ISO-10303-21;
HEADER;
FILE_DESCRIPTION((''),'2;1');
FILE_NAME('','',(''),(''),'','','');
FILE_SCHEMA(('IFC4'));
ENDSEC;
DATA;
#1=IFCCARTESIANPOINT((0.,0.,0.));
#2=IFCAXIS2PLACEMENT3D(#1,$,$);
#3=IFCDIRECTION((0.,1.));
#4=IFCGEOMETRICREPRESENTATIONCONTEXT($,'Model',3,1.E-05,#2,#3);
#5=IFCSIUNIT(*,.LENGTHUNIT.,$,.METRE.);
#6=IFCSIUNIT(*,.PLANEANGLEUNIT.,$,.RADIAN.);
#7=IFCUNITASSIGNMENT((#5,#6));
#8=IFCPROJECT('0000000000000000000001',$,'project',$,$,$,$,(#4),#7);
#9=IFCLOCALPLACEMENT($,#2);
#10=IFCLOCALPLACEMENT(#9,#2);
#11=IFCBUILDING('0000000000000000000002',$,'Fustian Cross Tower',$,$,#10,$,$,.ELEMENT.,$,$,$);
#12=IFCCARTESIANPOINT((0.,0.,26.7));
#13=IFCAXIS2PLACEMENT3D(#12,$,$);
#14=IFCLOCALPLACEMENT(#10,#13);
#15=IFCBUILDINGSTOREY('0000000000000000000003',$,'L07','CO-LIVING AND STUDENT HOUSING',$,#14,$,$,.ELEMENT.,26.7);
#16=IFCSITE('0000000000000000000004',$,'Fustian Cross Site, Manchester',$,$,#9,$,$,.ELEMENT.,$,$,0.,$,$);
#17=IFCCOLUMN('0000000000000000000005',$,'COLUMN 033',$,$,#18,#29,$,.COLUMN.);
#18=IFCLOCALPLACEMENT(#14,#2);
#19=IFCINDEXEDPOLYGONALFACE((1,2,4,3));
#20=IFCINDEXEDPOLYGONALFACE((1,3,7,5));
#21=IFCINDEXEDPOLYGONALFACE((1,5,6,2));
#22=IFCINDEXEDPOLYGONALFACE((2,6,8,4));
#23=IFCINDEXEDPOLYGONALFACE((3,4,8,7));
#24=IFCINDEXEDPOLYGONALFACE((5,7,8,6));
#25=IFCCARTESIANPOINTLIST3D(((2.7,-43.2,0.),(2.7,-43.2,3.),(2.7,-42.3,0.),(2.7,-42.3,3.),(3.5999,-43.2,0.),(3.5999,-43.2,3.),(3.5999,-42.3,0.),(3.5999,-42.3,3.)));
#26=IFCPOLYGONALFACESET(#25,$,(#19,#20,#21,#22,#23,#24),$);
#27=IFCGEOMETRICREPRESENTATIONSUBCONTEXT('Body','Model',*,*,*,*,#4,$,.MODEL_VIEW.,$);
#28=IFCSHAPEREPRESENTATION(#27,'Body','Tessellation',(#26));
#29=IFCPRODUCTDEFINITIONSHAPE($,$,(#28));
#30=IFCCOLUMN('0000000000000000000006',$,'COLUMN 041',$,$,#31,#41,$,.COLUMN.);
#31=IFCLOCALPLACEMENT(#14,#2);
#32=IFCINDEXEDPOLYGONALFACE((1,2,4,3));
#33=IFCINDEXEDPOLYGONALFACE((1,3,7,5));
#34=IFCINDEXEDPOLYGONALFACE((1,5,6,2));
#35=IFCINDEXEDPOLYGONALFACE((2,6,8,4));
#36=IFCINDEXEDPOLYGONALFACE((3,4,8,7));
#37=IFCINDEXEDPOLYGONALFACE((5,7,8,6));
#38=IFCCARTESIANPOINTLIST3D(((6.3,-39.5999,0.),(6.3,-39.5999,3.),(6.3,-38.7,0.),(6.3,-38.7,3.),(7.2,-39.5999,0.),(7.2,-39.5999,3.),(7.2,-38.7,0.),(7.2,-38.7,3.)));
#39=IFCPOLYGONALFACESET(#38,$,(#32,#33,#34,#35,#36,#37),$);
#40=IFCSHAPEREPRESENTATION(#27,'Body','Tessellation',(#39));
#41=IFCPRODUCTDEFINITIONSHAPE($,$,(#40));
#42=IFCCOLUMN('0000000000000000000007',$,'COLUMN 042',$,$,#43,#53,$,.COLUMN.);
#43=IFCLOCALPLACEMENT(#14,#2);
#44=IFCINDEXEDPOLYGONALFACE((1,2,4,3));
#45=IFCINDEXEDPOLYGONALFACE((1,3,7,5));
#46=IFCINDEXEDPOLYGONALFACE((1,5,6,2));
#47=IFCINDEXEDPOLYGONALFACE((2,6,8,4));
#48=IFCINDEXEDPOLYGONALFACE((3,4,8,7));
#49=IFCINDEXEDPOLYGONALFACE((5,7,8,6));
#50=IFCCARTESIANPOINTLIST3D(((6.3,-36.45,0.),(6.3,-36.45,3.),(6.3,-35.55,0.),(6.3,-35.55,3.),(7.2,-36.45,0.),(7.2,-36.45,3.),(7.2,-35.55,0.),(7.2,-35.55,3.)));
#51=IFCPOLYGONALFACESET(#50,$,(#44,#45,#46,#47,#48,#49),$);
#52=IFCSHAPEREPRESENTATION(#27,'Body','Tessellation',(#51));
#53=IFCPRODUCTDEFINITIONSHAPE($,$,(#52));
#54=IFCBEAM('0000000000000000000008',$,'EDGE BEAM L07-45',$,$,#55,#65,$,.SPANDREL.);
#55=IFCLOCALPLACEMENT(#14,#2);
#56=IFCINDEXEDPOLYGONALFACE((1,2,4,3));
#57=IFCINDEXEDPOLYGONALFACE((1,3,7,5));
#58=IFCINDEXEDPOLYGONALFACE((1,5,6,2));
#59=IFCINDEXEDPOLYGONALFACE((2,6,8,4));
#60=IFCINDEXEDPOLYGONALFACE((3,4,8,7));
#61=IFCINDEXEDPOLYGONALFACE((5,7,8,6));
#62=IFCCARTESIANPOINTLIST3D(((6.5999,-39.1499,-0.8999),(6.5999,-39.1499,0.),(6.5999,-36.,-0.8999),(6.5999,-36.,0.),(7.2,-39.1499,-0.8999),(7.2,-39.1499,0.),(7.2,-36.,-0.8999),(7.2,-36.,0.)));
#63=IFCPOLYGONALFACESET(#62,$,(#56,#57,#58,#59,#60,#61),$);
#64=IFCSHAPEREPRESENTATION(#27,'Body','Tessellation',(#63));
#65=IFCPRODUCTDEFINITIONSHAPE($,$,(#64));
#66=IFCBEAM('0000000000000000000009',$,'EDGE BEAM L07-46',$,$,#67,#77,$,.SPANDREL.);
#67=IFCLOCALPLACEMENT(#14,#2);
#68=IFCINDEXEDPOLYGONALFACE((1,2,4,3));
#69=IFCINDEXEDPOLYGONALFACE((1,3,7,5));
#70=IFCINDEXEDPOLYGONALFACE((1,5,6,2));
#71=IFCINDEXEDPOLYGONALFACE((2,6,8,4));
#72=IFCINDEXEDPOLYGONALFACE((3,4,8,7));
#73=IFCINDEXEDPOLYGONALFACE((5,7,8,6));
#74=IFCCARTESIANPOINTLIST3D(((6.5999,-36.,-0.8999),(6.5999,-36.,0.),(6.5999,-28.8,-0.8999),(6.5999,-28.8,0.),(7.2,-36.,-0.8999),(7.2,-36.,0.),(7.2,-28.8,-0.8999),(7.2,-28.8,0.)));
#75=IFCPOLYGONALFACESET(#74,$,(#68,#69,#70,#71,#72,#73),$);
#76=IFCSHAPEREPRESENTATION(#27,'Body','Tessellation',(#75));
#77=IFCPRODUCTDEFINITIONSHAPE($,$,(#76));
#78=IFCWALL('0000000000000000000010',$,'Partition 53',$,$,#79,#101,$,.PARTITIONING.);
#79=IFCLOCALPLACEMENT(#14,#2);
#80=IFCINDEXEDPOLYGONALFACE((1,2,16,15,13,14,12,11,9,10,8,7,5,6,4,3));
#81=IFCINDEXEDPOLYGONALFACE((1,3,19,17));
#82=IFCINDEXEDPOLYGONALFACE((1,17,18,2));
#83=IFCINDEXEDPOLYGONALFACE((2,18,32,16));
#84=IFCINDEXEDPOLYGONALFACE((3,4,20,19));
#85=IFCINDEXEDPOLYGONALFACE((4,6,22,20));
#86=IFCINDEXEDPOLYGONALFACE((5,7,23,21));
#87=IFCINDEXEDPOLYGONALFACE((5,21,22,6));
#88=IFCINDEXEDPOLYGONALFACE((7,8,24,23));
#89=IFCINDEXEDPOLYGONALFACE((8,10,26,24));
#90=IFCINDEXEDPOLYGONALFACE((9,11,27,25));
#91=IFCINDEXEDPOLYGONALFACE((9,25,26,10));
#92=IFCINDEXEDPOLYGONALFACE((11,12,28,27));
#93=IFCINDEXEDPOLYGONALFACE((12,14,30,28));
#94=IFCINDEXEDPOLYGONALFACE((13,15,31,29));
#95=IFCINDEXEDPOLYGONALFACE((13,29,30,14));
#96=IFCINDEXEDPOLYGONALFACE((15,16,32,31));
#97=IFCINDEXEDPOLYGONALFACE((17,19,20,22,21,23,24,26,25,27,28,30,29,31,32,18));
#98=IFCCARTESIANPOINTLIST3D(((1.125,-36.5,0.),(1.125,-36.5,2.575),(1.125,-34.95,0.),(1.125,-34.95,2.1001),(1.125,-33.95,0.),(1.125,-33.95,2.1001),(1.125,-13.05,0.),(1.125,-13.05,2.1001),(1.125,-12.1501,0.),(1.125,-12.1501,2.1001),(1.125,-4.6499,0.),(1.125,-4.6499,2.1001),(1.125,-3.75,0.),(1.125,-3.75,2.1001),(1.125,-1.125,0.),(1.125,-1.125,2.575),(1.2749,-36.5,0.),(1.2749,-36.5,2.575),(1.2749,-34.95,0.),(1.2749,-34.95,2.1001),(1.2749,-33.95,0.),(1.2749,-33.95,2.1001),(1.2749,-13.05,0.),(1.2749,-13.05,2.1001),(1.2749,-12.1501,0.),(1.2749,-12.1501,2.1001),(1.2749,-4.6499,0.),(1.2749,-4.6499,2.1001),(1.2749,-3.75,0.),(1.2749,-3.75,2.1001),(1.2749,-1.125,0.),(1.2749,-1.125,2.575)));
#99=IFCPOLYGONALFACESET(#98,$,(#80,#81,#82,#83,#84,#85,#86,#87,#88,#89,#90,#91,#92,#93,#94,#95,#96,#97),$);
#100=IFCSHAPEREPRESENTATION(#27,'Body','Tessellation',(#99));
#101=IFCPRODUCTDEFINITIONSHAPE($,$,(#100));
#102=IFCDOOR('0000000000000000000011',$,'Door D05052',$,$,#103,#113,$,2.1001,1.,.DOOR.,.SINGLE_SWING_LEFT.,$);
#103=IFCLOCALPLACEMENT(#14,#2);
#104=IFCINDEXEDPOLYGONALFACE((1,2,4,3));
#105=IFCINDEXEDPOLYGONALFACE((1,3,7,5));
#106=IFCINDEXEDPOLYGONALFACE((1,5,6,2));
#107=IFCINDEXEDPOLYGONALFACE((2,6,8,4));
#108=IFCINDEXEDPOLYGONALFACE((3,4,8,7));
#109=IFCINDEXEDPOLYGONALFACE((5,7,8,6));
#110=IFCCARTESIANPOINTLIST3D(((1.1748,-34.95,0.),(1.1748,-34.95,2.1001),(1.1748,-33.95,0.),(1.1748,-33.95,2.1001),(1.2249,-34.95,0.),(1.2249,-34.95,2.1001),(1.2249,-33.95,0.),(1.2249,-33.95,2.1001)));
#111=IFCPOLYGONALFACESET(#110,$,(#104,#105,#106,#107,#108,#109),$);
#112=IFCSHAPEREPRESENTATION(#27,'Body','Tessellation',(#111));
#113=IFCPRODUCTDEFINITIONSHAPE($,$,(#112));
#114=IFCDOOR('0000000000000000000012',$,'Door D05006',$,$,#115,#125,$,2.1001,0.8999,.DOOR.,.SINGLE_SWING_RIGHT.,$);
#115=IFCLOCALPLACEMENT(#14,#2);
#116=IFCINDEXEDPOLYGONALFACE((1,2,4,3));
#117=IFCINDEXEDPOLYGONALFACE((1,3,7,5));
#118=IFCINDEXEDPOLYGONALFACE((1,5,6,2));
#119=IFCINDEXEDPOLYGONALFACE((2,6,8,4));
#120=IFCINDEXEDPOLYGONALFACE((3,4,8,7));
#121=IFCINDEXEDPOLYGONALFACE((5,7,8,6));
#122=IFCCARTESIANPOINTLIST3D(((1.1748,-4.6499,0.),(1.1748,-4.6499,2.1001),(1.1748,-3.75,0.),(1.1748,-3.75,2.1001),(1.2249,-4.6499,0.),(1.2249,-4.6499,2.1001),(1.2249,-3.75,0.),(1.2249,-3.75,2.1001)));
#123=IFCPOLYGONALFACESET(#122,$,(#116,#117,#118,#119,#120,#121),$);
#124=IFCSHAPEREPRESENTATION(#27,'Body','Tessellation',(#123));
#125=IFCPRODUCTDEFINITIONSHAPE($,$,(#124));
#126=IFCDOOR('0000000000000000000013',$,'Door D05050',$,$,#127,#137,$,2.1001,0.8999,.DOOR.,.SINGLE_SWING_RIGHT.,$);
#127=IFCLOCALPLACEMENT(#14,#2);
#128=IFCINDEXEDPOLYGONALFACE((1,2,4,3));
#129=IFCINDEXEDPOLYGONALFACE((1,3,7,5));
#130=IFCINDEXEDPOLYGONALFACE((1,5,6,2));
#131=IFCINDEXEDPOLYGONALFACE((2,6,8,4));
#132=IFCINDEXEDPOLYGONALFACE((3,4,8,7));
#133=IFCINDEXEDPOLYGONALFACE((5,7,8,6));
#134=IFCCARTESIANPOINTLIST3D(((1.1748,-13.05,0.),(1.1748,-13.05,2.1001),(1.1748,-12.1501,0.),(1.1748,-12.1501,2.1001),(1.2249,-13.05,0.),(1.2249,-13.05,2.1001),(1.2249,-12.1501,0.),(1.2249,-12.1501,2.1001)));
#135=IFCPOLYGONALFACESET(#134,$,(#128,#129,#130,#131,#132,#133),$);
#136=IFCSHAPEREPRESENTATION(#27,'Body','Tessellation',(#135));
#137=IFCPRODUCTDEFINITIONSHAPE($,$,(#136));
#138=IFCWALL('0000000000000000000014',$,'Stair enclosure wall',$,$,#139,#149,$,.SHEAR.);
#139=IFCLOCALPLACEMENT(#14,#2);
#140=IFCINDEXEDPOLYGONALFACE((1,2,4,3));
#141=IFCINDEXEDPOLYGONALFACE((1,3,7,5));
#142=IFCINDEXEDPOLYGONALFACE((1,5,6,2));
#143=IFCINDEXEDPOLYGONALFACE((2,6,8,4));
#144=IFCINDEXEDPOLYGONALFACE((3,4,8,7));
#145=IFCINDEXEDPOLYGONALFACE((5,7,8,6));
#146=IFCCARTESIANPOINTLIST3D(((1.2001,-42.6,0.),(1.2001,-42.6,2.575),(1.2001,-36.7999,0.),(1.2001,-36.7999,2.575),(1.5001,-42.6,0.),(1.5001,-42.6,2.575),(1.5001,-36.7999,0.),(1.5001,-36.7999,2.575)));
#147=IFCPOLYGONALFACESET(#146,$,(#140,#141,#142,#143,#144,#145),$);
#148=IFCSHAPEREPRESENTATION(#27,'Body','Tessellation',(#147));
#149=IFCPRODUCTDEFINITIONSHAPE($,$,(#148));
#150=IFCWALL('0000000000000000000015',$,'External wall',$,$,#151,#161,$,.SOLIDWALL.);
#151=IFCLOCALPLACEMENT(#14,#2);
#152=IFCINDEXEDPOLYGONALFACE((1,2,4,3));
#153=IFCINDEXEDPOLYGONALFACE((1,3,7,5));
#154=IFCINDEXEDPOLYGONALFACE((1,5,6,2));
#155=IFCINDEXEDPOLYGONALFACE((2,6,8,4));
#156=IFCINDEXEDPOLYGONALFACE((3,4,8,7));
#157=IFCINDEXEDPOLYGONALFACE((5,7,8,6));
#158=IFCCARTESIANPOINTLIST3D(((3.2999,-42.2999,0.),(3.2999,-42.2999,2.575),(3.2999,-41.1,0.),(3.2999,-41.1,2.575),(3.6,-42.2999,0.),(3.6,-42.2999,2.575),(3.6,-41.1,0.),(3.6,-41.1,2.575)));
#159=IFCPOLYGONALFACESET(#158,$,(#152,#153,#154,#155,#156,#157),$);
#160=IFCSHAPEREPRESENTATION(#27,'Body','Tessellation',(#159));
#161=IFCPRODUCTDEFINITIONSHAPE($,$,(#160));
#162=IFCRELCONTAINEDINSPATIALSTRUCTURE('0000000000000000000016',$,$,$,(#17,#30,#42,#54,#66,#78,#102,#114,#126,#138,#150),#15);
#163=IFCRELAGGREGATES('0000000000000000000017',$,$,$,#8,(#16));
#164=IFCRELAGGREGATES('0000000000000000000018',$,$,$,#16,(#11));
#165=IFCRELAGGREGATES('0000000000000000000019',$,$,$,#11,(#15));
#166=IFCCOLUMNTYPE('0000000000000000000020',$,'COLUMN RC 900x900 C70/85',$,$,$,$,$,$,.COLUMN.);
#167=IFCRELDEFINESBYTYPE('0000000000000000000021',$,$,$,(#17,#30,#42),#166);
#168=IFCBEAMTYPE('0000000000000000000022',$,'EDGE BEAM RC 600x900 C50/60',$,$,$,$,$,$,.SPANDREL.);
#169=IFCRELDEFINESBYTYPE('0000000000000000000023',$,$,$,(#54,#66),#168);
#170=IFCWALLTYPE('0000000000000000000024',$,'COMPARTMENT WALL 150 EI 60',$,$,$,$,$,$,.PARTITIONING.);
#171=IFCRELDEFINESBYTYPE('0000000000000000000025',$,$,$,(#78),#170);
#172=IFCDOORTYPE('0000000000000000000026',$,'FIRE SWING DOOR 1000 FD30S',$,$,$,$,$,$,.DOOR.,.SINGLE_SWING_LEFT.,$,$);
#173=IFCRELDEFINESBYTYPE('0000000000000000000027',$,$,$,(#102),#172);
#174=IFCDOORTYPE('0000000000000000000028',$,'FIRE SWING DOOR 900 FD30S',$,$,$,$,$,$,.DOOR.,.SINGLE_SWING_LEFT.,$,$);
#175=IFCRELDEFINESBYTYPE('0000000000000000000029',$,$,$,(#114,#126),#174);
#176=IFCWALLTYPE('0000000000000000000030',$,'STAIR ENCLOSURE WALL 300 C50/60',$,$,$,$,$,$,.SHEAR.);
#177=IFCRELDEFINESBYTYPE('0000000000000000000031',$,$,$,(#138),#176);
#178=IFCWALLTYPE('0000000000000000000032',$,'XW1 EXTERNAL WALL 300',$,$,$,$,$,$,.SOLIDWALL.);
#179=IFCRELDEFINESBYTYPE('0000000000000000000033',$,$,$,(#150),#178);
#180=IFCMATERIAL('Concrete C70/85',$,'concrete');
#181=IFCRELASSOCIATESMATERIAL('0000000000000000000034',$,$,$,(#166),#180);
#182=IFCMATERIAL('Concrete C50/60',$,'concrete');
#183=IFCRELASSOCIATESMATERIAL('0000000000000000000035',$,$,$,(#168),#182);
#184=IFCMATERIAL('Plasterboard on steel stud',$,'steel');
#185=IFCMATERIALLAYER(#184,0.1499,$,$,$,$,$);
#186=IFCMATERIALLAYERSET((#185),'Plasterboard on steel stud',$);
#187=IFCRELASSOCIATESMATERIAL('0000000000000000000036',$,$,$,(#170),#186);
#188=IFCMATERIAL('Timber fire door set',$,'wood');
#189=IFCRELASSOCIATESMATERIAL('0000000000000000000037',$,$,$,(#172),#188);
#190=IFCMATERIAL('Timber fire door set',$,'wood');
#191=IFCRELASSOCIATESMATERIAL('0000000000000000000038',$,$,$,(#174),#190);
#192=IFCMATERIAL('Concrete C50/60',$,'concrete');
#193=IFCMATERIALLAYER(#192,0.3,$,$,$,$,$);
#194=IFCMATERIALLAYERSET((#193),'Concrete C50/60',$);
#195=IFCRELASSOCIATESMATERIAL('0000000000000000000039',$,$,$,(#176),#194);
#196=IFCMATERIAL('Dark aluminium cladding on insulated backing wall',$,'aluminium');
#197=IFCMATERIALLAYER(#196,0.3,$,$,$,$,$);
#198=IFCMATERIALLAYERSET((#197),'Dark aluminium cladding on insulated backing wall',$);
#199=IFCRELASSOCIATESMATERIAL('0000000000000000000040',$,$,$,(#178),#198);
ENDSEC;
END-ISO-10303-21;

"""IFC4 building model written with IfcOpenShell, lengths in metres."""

from ifc_helpers import new_model, si_unit, direction, frame, frame_2d, origin, origin_2d, place, context, subcontext, project, spatial, rectangle, extrude, material, layer, layer_set, material_profile, profile_set, type_object, element, fill, save


model = new_model("IFC4")

# Units and contexts
model_context = context("Model", 3, precision=1e-05, world=origin(), true_north=direction((0.0, 1.0)))
body_context = subcontext(model_context, "Body", "Model", "MODEL_VIEW")
ifc_project = project(units=[si_unit("LENGTHUNIT", "METRE"), si_unit("PLANEANGLEUNIT", "RADIAN")], contexts=[model_context])

# Site, building, storey
site_placement = place(None, origin())
site = spatial("IfcSite", under=ifc_project, at=site_placement, Name="Fustian Cross Site, Manchester", CompositionType="ELEMENT", RefElevation=0.0)
building_placement = place(site_placement, origin())
building = spatial("IfcBuilding", under=site, at=building_placement, Name="Fustian Cross Tower", CompositionType="ELEMENT")
storey_placement = place(building_placement, frame((0.0, 0.0, 26.7)))
storey = spatial("IfcBuildingStorey", under=building, at=storey_placement, Name="L07", Description="CO-LIVING AND STUDENT HOUSING", CompositionType="ELEMENT", Elevation=26.7)

# Columns
ifc_material_1 = material(Name="Concrete C70/85", Category="concrete")
ifc_material_profile_1 = material_profile(ifc_material_1, rectangle(XDim=0.8999, YDim=0.8999, at=origin_2d()), Name="RC 900x900")
ifc_profile_set_1 = profile_set([ifc_material_profile_1], Name="Concrete C70/85")
column_type = type_object("IfcColumnType", Name="COLUMN RC 900x900 C70/85", PredefinedType="COLUMN", material=ifc_profile_set_1)
for number, where, z_axis, x_axis, name in (
    (1, (3.1499, -42.75, 0.0), (0.0, 0.0, 1.0), (1.0, 0.0, 0.0), "COLUMN 033"),
    (2, (6.75, -39.1499, 0.0), (0.0, 0.0, 1.0), (1.0, 0.0, 0.0), "COLUMN 041"),
    (3, (6.75, -36.0, 0.0), (0.0, 0.0, 1.0), (1.0, 0.0, 0.0), "COLUMN 042"),
):
    element("IfcColumn", number, at=place(storey_placement, frame(where, z_axis=z_axis, x_axis=x_axis)), inside=storey, type_object=column_type, Name=name, PredefinedType="COLUMN", context=body_context, shape_type="SweptSolid", body=[
        extrude(rectangle(XDim=0.8999, YDim=0.8999, at=origin_2d()), origin(), (0.0, 0.0, 1.0), 3.0),
    ])

# Beams
ifc_material_2 = material(Name="Concrete C50/60", Category="concrete")
ifc_material_profile_2 = material_profile(ifc_material_2, rectangle(XDim=0.6001, YDim=0.8999, at=origin_2d()), Name="RC 600x900")
ifc_profile_set_2 = profile_set([ifc_material_profile_2], Name="Concrete C50/60")
beam_type = type_object("IfcBeamType", Name="EDGE BEAM RC 600x900 C50/60", PredefinedType="SPANDREL", material=ifc_profile_set_2)
beam_1_placement = place(storey_placement, frame((6.8999, -39.1499, -0.45), z_axis=(0.0, 1.0, 0.0), x_axis=(-1.0, 0.0, 0.0)))
element("IfcBeam", 4, at=beam_1_placement, inside=storey, type_object=beam_type, Name="EDGE BEAM L07-45", PredefinedType="SPANDREL", context=body_context, shape_type="SweptSolid", body=[
    extrude(rectangle(XDim=0.6001, YDim=0.8999, at=origin_2d()), origin(), (0.0, 0.0, 1.0), 3.1499),
])
beam_2_placement = place(storey_placement, frame((6.8999, -36.0, -0.45), z_axis=(0.0, 1.0, 0.0), x_axis=(-1.0, 0.0, 0.0)))
element("IfcBeam", 5, at=beam_2_placement, inside=storey, type_object=beam_type, Name="EDGE BEAM L07-46", PredefinedType="SPANDREL", context=body_context, shape_type="SweptSolid", body=[
    extrude(rectangle(XDim=0.6001, YDim=0.8999, at=origin_2d()), origin(), (0.0, 0.0, 1.0), 7.2),
])

# Wall, openings, doors
ifc_material_3 = material(Name="Plasterboard on steel stud", Category="steel")
ifc_layer_1 = layer(ifc_material_3, 0.1499)
ifc_layer_set_1 = layer_set([ifc_layer_1], Name="Plasterboard on steel stud")
wall_type_1 = type_object("IfcWallType", Name="COMPARTMENT WALL 150 EI 60", PredefinedType="PARTITIONING", material=ifc_layer_set_1)
wall_1_placement = place(storey_placement, frame((1.2, -36.5, 0.0), z_axis=(0.0, 0.0, 1.0), x_axis=(0.0, 1.0, 0.0)))
wall_1 = element("IfcWall", 6, at=wall_1_placement, inside=storey, type_object=wall_type_1, Name="Partition 53", PredefinedType="PARTITIONING", context=body_context, shape_type="SweptSolid", body=[
    extrude(rectangle(XDim=35.375, YDim=0.1499, at=frame_2d((17.6875, 0.0))), origin(), (0.0, 0.0, 1.0), 2.575),
])
opening_1_placement = place(wall_1_placement, frame((31.8501, 0.0, 0.0)))
opening_1 = element("IfcOpeningElement", 7, at=opening_1_placement, cuts=wall_1, PredefinedType="OPENING", context=body_context, shape_type="SweptSolid", body=[
    extrude(rectangle(XDim=0.8999, YDim=2.1001, at=frame_2d((0.45, 1.05))), frame((0.0, 0.085, 0.0), z_axis=(0.0, -1.0, 0.0), x_axis=(1.0, 0.0, 0.0)), (0.0, 0.0, 1.0), 0.1699),
])
opening_2_placement = place(wall_1_placement, frame((23.45, 0.0, 0.0)))
opening_2 = element("IfcOpeningElement", 8, at=opening_2_placement, cuts=wall_1, PredefinedType="OPENING", context=body_context, shape_type="SweptSolid", body=[
    extrude(rectangle(XDim=0.8999, YDim=2.1001, at=frame_2d((0.45, 1.05))), frame((0.0, 0.085, 0.0), z_axis=(0.0, -1.0, 0.0), x_axis=(1.0, 0.0, 0.0)), (0.0, 0.0, 1.0), 0.1699),
])
opening_3_placement = place(wall_1_placement, frame((1.55, 0.0, 0.0)))
opening_3 = element("IfcOpeningElement", 9, at=opening_3_placement, cuts=wall_1, PredefinedType="OPENING", context=body_context, shape_type="SweptSolid", body=[
    extrude(rectangle(XDim=1.0, YDim=2.1001, at=frame_2d((0.5, 1.05))), frame((0.0, 0.085, 0.0), z_axis=(0.0, -1.0, 0.0), x_axis=(1.0, 0.0, 0.0)), (0.0, 0.0, 1.0), 0.1699),
])
ifc_material_4 = material(Name="Timber fire door set", Category="wood")
door_type_1 = type_object("IfcDoorType", Name="FIRE SWING DOOR 1000 FD30S", OperationType="SINGLE_SWING_LEFT", PredefinedType="DOOR", material=ifc_material_4)
door_1_placement = place(opening_3_placement, frame((1.0, 0.0, 0.0), z_axis=(0.0, 0.0, 1.0), x_axis=(-1.0, 0.0, 0.0)))
door_1 = element("IfcDoor", 10, at=door_1_placement, inside=storey, type_object=door_type_1, Name="Door D05052", OperationType="SINGLE_SWING_LEFT", OverallHeight=2.1001, OverallWidth=1.0, PredefinedType="DOOR", context=body_context, shape_type="SweptSolid", body=[
    extrude(rectangle(XDim=1.0, YDim=2.1001, at=frame_2d((0.5, 1.05))), frame((0.0, 0.0249, 0.0), z_axis=(0.0, -1.0, 0.0), x_axis=(1.0, 0.0, 0.0)), (0.0, 0.0, 1.0), 0.05),
])
fill(opening_3, door_1)
ifc_material_5 = material(Name="Timber fire door set", Category="wood")
door_type_2 = type_object("IfcDoorType", Name="FIRE SWING DOOR 900 FD30S", OperationType="SINGLE_SWING_LEFT", PredefinedType="DOOR", material=ifc_material_5)
door_2_placement = place(opening_1_placement, frame((0.8999, 0.0, 0.0), z_axis=(0.0, 0.0, 1.0), x_axis=(-1.0, 0.0, 0.0)))
door_2 = element("IfcDoor", 11, at=door_2_placement, inside=storey, type_object=door_type_2, Name="Door D05006", OperationType="SINGLE_SWING_RIGHT", OverallHeight=2.1001, OverallWidth=0.8999, PredefinedType="DOOR", context=body_context, shape_type="SweptSolid", body=[
    extrude(rectangle(XDim=0.8999, YDim=2.1001, at=frame_2d((0.45, 1.05))), frame((0.0, 0.0249, 0.0), z_axis=(0.0, -1.0, 0.0), x_axis=(1.0, 0.0, 0.0)), (0.0, 0.0, 1.0), 0.05),
])
fill(opening_1, door_2)
door_3_placement = place(opening_2_placement, frame((0.8999, 0.0, 0.0), z_axis=(0.0, 0.0, 1.0), x_axis=(-1.0, 0.0, 0.0)))
door_3 = element("IfcDoor", 12, at=door_3_placement, inside=storey, type_object=door_type_2, Name="Door D05050", OperationType="SINGLE_SWING_RIGHT", OverallHeight=2.1001, OverallWidth=0.8999, PredefinedType="DOOR", context=body_context, shape_type="SweptSolid", body=[
    extrude(rectangle(XDim=0.8999, YDim=2.1001, at=frame_2d((0.45, 1.05))), frame((0.0, 0.0249, 0.0), z_axis=(0.0, -1.0, 0.0), x_axis=(1.0, 0.0, 0.0)), (0.0, 0.0, 1.0), 0.05),
])
fill(opening_2, door_3)

# Walls
ifc_material_6 = material(Name="Concrete C50/60", Category="concrete")
ifc_layer_2 = layer(ifc_material_6, 0.3)
ifc_layer_set_2 = layer_set([ifc_layer_2], Name="Concrete C50/60")
wall_type_2 = type_object("IfcWallType", Name="STAIR ENCLOSURE WALL 300 C50/60", PredefinedType="SHEAR", material=ifc_layer_set_2)
wall_2_placement = place(storey_placement, frame((1.3501, -36.8, 0.0), z_axis=(0.0, 0.0, 1.0), x_axis=(0.0, -1.0, 0.0)))
element("IfcWall", 13, at=wall_2_placement, inside=storey, type_object=wall_type_2, Name="Stair enclosure wall", PredefinedType="SHEAR", context=body_context, shape_type="SweptSolid", body=[
    extrude(rectangle(XDim=5.8, YDim=0.3, at=frame_2d((2.8999, 0.0))), origin(), (0.0, 0.0, 1.0), 2.575),
])
ifc_material_7 = material(Name="Dark aluminium cladding on insulated backing wall", Category="aluminium")
ifc_layer_3 = layer(ifc_material_7, 0.3)
ifc_layer_set_3 = layer_set([ifc_layer_3], Name="Dark aluminium cladding on insulated backing wall")
wall_type_3 = type_object("IfcWallType", Name="XW1 EXTERNAL WALL 300", PredefinedType="SOLIDWALL", material=ifc_layer_set_3)
wall_3_placement = place(storey_placement, frame((3.45, -42.3, 0.0), z_axis=(0.0, 0.0, 1.0), x_axis=(0.0, 1.0, 0.0)))
element("IfcWall", 14, at=wall_3_placement, inside=storey, type_object=wall_type_3, Name="External wall", PredefinedType="SOLIDWALL", context=body_context, shape_type="SweptSolid", body=[
    extrude(rectangle(XDim=1.2, YDim=0.3, at=frame_2d((0.6001, 0.0))), origin(), (0.0, 0.0, 1.0), 2.575),
])

save(model, "model.ifc")
